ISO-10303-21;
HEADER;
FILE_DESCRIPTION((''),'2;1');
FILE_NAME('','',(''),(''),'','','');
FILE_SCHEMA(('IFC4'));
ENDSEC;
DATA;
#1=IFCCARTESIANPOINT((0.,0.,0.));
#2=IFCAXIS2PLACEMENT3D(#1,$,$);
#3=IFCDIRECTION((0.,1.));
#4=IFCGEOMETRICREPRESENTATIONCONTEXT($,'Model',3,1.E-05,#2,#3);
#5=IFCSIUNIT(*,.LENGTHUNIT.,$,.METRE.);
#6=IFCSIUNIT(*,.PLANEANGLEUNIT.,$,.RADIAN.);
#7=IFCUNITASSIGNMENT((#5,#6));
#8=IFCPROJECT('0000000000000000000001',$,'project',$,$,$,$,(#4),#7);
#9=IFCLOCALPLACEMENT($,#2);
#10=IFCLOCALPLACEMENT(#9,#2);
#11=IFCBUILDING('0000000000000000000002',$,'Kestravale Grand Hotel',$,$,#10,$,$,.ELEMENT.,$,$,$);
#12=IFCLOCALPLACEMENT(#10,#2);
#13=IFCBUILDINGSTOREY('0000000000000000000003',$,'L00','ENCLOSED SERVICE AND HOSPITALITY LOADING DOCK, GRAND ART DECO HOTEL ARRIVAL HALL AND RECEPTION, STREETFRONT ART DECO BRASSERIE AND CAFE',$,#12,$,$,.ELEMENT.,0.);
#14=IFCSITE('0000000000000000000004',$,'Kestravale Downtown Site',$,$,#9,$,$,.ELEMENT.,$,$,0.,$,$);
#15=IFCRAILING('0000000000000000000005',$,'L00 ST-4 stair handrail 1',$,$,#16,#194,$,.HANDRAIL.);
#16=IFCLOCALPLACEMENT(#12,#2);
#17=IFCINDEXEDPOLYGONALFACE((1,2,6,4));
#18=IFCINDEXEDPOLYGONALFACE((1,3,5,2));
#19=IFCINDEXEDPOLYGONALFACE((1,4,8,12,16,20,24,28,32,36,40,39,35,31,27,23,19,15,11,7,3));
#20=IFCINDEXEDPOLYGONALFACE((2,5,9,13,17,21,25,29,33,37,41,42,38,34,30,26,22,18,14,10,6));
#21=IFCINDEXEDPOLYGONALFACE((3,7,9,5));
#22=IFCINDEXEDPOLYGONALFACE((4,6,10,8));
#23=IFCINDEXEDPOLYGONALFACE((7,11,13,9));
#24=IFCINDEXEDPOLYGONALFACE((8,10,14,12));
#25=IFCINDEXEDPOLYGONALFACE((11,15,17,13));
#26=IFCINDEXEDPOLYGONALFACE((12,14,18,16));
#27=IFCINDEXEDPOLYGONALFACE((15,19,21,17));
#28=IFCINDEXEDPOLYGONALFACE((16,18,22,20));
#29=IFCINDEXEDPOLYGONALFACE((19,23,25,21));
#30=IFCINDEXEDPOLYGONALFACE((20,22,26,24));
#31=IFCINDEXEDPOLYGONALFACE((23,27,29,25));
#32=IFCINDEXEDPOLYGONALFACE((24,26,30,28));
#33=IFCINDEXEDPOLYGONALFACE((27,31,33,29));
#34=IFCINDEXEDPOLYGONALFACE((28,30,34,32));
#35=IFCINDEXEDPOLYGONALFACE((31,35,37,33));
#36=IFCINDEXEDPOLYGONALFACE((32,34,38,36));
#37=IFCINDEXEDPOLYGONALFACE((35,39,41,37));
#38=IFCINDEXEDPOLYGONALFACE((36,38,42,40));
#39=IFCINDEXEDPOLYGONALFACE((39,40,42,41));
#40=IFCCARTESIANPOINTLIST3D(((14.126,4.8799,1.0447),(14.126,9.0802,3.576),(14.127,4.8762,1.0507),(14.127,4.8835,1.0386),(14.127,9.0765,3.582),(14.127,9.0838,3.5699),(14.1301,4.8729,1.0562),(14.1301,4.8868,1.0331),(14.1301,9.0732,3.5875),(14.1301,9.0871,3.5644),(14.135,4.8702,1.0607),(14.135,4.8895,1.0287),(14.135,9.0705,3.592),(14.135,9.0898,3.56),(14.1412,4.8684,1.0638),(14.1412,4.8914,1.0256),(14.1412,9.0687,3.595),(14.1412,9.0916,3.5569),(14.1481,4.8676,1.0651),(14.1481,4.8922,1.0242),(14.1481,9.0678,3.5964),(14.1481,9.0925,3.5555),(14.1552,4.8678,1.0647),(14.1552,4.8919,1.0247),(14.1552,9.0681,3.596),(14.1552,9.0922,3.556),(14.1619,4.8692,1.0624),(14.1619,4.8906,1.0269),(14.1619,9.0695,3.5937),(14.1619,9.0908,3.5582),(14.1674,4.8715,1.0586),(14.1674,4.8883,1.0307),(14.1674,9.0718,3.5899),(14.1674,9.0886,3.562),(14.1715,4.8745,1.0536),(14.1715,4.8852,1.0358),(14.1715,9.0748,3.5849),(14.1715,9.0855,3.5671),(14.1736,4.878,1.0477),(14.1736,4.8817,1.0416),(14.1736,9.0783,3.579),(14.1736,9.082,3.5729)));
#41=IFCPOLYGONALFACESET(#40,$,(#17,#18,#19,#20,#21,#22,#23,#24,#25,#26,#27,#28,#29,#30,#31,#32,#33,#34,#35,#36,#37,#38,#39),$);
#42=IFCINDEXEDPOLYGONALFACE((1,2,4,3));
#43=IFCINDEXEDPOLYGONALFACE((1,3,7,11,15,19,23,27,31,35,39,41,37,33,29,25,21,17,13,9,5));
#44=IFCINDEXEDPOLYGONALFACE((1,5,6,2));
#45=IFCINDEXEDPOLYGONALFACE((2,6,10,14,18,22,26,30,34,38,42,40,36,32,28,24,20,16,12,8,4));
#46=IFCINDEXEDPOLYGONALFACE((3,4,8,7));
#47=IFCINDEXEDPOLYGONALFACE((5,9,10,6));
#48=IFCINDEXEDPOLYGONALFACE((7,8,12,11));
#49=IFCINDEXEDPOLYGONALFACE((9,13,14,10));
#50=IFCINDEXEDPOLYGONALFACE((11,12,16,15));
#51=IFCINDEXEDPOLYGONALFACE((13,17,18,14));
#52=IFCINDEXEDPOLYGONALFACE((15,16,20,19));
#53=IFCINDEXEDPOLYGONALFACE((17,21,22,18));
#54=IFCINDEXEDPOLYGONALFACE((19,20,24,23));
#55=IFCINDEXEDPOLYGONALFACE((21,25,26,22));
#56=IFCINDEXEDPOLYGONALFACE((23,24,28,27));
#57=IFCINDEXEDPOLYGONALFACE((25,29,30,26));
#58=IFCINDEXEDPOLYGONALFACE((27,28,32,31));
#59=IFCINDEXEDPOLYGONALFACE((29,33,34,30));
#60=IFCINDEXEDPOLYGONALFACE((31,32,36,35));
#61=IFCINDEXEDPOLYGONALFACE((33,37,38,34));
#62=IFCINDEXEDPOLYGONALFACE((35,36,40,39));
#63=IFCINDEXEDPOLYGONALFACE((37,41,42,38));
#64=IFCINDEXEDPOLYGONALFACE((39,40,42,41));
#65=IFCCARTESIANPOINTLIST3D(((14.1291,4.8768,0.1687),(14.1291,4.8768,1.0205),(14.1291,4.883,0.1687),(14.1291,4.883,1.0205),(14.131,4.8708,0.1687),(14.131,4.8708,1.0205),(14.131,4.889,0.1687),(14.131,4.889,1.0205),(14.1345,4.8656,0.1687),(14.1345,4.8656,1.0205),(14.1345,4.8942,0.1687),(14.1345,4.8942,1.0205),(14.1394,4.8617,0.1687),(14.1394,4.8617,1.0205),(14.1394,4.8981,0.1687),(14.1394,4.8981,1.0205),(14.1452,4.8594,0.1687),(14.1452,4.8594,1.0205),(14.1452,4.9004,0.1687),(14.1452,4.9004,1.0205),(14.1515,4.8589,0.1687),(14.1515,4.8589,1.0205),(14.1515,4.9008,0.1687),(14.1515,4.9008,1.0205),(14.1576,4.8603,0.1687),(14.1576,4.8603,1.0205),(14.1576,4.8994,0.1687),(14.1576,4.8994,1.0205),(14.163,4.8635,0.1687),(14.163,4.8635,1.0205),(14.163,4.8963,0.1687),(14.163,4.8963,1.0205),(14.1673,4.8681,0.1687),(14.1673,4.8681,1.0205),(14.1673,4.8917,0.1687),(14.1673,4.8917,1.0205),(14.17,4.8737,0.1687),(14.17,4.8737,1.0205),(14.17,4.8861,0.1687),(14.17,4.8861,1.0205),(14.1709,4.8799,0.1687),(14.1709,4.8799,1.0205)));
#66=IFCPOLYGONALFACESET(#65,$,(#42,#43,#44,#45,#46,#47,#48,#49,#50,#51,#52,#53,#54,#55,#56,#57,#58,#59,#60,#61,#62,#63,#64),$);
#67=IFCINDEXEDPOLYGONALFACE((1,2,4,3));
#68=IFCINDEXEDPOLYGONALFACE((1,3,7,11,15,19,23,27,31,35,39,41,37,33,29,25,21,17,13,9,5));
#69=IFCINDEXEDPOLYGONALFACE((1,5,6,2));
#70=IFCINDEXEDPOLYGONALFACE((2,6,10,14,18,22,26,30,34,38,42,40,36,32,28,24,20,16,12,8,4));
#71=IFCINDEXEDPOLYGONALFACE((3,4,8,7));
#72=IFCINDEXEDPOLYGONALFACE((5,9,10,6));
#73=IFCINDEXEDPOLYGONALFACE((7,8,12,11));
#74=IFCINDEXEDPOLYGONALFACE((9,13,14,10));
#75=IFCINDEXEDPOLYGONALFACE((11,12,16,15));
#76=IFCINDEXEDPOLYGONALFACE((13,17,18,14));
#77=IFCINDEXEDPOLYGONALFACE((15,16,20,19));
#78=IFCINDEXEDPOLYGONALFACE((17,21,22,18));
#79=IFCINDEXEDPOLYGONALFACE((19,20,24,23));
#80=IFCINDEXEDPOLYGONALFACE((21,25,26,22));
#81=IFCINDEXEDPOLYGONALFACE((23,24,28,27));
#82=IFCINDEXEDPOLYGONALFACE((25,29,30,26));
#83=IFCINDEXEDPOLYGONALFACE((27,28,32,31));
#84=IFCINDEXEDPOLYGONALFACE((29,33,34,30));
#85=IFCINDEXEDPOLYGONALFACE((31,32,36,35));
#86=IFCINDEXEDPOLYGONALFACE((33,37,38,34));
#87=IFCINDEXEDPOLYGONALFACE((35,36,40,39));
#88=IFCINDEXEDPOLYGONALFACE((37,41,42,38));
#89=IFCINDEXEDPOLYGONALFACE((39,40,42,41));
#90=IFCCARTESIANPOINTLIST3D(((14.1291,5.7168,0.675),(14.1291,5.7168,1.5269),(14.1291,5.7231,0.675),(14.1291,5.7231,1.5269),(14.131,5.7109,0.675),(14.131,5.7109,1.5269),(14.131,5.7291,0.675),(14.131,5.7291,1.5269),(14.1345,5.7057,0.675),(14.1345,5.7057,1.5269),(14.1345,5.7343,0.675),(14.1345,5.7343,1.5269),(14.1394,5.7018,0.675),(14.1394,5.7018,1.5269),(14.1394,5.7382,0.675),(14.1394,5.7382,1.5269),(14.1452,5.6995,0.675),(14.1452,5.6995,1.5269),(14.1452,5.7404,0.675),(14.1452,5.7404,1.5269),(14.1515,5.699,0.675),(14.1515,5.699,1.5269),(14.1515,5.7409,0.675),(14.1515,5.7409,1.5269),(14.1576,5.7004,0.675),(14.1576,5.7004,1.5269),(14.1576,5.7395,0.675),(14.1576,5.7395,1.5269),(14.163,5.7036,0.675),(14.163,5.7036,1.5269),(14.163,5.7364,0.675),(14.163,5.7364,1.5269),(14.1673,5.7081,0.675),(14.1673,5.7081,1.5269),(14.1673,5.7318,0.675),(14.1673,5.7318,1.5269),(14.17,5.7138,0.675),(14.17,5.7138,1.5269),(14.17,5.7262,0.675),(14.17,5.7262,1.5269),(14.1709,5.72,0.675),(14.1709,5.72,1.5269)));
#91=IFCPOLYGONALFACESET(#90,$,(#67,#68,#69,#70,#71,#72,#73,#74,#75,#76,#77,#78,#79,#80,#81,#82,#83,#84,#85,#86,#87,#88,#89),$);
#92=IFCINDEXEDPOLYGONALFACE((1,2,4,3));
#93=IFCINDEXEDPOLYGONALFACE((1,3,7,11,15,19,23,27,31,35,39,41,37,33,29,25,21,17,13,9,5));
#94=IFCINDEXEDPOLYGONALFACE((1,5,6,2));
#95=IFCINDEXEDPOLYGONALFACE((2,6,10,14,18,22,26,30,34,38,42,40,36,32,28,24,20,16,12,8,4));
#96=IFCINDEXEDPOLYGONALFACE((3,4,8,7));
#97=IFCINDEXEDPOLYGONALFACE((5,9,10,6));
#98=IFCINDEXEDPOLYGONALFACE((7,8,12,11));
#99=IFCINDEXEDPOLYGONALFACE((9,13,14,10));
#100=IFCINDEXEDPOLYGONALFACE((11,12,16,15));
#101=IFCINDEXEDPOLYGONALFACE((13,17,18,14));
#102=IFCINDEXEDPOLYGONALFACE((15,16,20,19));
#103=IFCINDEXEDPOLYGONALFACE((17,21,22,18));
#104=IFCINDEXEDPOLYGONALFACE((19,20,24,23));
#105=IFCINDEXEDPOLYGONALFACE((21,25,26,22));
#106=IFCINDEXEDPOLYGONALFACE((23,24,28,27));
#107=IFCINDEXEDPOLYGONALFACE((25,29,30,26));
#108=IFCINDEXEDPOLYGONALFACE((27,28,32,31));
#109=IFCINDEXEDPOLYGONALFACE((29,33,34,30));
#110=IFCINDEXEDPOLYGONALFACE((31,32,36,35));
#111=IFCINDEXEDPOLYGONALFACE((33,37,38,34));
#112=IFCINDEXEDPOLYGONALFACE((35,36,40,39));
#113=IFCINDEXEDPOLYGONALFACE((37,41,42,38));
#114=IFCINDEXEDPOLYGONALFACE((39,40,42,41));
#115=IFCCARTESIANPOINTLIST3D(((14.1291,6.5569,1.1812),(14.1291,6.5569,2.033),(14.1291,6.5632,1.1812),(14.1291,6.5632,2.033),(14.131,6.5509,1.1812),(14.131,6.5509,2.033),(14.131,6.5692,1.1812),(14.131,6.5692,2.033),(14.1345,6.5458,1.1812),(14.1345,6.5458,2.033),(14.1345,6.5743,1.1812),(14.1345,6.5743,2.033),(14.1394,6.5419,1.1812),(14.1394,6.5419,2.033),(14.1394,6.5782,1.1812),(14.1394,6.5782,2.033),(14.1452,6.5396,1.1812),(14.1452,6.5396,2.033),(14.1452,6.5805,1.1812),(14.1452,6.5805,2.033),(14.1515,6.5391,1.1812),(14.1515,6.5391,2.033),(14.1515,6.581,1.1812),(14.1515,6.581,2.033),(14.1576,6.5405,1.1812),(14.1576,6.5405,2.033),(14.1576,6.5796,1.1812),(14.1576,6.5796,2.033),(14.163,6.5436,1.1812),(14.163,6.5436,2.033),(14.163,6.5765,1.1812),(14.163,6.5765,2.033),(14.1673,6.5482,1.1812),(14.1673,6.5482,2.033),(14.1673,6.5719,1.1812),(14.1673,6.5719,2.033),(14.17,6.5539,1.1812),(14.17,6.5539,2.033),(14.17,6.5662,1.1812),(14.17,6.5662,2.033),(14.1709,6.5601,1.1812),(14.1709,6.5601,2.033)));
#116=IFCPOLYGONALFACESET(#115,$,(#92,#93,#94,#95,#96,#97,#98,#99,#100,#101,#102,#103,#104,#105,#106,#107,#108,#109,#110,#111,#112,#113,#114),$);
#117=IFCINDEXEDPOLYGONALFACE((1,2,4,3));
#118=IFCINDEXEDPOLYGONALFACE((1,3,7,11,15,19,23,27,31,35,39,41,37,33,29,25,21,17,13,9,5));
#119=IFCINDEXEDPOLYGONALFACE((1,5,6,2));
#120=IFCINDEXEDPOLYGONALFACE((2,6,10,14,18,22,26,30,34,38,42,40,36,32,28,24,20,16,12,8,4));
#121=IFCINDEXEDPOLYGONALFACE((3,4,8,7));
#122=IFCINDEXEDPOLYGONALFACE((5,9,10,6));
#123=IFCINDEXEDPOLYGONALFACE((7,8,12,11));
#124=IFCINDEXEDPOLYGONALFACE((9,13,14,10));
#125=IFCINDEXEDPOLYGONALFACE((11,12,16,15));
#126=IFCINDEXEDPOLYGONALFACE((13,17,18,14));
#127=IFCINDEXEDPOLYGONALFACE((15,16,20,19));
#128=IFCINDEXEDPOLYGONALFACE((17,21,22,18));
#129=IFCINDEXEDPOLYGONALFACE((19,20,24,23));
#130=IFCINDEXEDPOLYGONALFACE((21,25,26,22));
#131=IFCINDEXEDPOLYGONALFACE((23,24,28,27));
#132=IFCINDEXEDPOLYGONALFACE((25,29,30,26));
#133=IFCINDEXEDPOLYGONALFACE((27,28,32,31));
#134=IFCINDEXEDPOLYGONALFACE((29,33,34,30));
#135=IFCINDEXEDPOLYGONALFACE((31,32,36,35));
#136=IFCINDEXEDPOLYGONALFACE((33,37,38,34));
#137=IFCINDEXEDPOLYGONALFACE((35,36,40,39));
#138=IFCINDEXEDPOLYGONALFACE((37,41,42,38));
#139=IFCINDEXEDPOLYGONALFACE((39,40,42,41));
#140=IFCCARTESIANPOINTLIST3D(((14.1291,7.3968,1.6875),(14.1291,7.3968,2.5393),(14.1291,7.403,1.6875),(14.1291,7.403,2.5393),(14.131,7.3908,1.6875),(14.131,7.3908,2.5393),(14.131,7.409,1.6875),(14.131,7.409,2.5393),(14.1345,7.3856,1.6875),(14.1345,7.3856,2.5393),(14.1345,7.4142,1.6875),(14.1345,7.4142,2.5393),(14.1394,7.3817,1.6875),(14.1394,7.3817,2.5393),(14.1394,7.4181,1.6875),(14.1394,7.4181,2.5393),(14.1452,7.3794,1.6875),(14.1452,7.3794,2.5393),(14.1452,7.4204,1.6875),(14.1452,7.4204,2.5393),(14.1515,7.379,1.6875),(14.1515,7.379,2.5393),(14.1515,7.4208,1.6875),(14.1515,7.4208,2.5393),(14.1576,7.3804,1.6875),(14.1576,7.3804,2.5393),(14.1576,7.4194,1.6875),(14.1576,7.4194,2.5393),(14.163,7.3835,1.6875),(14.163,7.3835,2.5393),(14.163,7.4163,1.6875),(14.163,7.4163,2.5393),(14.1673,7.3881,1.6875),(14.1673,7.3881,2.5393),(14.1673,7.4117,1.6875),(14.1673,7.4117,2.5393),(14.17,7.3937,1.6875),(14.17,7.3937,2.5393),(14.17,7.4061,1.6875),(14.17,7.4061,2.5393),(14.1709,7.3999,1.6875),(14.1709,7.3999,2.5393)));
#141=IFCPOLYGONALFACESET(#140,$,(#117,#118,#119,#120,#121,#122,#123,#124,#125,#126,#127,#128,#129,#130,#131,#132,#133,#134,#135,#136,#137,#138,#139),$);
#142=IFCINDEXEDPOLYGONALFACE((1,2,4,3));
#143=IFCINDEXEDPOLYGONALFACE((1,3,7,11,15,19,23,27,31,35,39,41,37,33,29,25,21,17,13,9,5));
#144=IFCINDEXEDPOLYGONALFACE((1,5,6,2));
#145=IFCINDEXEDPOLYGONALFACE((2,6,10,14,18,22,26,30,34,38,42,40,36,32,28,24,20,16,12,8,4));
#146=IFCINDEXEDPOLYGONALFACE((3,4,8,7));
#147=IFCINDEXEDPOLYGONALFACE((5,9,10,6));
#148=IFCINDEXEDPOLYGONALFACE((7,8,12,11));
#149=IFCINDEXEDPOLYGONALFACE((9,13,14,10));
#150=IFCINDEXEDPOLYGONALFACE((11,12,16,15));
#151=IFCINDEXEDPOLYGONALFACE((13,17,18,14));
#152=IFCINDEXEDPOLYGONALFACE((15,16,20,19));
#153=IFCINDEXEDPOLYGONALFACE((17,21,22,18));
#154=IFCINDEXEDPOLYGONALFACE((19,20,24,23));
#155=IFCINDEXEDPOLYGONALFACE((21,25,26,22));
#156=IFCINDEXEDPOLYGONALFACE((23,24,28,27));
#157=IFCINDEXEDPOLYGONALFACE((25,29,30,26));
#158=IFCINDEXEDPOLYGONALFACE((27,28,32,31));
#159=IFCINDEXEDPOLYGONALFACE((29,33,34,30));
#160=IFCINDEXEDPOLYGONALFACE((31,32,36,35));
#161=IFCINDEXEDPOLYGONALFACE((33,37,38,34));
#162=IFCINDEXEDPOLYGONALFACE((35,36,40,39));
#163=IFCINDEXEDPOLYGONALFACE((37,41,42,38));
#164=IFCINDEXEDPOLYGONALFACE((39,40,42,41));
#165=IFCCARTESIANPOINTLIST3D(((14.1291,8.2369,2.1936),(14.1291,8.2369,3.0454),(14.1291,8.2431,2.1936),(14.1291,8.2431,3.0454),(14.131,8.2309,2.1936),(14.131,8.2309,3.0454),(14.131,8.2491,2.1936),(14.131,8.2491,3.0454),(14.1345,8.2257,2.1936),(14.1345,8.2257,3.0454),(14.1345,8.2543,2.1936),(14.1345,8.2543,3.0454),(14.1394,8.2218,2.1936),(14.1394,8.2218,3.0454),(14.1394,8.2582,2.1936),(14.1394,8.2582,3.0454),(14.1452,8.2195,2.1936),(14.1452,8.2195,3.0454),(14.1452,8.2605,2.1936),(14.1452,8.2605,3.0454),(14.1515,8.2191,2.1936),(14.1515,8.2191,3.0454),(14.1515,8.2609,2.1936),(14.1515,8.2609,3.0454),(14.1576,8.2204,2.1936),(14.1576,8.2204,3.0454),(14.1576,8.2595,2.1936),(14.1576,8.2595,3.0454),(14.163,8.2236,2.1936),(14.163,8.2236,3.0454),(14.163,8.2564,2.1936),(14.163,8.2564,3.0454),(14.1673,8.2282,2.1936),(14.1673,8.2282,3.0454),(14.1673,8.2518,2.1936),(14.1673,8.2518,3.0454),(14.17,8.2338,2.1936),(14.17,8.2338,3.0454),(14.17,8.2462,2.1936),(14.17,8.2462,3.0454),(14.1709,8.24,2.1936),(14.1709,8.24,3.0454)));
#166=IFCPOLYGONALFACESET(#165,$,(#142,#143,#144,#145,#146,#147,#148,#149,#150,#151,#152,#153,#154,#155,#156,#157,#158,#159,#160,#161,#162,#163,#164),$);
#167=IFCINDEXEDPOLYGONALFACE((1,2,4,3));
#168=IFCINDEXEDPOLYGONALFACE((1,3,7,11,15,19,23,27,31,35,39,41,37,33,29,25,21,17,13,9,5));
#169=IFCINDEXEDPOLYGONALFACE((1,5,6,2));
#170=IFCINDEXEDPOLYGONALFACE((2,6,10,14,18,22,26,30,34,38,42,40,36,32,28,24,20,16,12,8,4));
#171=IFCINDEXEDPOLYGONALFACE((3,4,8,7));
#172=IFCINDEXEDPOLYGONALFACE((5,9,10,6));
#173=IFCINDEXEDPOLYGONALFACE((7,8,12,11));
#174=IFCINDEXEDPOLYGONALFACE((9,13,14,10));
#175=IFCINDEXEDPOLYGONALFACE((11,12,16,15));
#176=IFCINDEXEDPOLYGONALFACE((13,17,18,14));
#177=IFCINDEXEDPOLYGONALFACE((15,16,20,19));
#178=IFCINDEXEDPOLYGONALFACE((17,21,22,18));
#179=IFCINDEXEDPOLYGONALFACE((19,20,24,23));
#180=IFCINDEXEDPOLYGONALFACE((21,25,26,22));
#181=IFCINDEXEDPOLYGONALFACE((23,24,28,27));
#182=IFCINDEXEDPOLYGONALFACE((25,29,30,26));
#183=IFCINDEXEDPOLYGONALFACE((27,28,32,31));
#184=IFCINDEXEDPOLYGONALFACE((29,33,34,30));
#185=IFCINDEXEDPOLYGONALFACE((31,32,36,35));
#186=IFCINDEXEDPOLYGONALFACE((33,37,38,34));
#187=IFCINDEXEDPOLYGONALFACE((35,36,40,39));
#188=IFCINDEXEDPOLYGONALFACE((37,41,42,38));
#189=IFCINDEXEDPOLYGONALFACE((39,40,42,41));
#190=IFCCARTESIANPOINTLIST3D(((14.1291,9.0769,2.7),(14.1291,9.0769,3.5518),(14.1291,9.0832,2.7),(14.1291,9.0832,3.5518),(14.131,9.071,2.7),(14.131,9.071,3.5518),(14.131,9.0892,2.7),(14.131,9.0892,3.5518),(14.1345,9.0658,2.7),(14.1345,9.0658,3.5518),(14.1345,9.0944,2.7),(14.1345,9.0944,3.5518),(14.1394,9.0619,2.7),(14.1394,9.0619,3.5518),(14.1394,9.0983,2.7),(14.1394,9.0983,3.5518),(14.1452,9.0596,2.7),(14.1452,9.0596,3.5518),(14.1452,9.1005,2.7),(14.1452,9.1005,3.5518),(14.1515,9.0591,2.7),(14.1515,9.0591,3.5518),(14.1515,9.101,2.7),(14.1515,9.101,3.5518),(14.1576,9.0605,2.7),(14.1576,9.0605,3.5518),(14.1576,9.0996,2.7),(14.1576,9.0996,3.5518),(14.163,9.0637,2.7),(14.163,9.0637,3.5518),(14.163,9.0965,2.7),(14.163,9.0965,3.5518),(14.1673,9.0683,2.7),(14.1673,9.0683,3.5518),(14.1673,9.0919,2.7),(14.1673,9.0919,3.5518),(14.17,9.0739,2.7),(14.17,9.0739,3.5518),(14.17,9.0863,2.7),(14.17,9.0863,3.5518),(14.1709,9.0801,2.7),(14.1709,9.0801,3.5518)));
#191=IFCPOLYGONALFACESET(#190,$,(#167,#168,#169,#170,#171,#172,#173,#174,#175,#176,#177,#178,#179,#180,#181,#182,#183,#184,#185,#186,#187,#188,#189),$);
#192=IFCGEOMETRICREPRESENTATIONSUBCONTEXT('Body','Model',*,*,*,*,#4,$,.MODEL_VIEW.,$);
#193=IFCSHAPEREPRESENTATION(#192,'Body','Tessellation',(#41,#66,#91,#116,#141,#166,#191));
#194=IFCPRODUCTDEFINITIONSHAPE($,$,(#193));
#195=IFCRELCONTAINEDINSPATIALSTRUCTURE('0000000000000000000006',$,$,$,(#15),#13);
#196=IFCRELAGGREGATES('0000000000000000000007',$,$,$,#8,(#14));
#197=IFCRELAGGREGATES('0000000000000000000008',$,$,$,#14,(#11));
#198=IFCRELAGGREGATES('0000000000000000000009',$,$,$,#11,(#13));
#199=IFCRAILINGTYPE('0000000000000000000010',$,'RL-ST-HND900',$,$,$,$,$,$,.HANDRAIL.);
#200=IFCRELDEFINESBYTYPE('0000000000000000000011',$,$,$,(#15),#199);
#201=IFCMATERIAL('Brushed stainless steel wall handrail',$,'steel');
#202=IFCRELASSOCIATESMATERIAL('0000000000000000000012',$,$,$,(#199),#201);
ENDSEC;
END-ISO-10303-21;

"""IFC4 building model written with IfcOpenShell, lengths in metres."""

from ifc_helpers import new_model, si_unit, direction, frame, origin, origin_2d, place, context, subcontext, project, spatial, circle, extrude, material, type_object, element, save


model = new_model("IFC4")

# Units and contexts
model_context = context("Model", 3, precision=1e-05, world=origin(), true_north=direction((0.0, 1.0)))
body_context = subcontext(model_context, "Body", "Model", "MODEL_VIEW")
ifc_project = project(units=[si_unit("LENGTHUNIT", "METRE"), si_unit("PLANEANGLEUNIT", "RADIAN")], contexts=[model_context])

# Site, building, storey
site_placement = place(None, origin())
site = spatial("IfcSite", under=ifc_project, at=site_placement, Name="Kestravale Downtown Site", CompositionType="ELEMENT", RefElevation=0.0)
building_placement = place(site_placement, origin())
building = spatial("IfcBuilding", under=site, at=building_placement, Name="Kestravale Grand Hotel", CompositionType="ELEMENT")
storey_placement = place(building_placement, origin())
storey = spatial("IfcBuildingStorey", under=building, at=storey_placement, Name="L00", Description="ENCLOSED SERVICE AND HOSPITALITY LOADING DOCK, GRAND ART DECO HOTEL ARRIVAL HALL AND RECEPTION, STREETFRONT ART DECO BRASSERIE AND CAFE", CompositionType="ELEMENT", Elevation=0.0)

# Railing
ifc_material_1 = material(Name="Brushed stainless steel wall handrail", Category="steel")
railing_type_1 = type_object("IfcRailingType", Name="RL-ST-HND900", PredefinedType="HANDRAIL", material=ifc_material_1)
railing_1_placement = place(storey_placement, frame((14.1499, 4.8799, 0.1687)))
element("IfcRailing", 1, at=railing_1_placement, inside=storey, type_object=railing_type_1, Name="L00 ST-4 stair handrail 1", PredefinedType="HANDRAIL", context=body_context, shape_type="SweptSolid", body=[
    extrude(circle(Radius=0.0239, at=origin_2d()), frame((0.0, 0.0, 0.876), z_axis=(0.0, 0.85649, 0.516164), x_axis=(-1.0, 0.0, 0.0)), (0.0, 0.0, 1.0), 4.9041),
    extrude(circle(Radius=0.021, at=origin_2d()), origin(), (0.0, 0.0, 1.0), 0.8518),
    extrude(circle(Radius=0.021, at=origin_2d()), frame((0.0, 0.8401, 0.5063)), (0.0, 0.0, 1.0), 0.8518),
    extrude(circle(Radius=0.021, at=origin_2d()), frame((0.0, 1.6802, 1.0125)), (0.0, 0.0, 1.0), 0.8518),
    extrude(circle(Radius=0.021, at=origin_2d()), frame((0.0, 2.52, 1.5188)), (0.0, 0.0, 1.0), 0.8518),
    extrude(circle(Radius=0.021, at=origin_2d()), frame((0.0, 3.3601, 2.0249)), (0.0, 0.0, 1.0), 0.8518),
    extrude(circle(Radius=0.021, at=origin_2d()), frame((0.0, 4.2002, 2.5312)), (0.0, 0.0, 1.0), 0.8518),
])

save(model, "model.ifc")
